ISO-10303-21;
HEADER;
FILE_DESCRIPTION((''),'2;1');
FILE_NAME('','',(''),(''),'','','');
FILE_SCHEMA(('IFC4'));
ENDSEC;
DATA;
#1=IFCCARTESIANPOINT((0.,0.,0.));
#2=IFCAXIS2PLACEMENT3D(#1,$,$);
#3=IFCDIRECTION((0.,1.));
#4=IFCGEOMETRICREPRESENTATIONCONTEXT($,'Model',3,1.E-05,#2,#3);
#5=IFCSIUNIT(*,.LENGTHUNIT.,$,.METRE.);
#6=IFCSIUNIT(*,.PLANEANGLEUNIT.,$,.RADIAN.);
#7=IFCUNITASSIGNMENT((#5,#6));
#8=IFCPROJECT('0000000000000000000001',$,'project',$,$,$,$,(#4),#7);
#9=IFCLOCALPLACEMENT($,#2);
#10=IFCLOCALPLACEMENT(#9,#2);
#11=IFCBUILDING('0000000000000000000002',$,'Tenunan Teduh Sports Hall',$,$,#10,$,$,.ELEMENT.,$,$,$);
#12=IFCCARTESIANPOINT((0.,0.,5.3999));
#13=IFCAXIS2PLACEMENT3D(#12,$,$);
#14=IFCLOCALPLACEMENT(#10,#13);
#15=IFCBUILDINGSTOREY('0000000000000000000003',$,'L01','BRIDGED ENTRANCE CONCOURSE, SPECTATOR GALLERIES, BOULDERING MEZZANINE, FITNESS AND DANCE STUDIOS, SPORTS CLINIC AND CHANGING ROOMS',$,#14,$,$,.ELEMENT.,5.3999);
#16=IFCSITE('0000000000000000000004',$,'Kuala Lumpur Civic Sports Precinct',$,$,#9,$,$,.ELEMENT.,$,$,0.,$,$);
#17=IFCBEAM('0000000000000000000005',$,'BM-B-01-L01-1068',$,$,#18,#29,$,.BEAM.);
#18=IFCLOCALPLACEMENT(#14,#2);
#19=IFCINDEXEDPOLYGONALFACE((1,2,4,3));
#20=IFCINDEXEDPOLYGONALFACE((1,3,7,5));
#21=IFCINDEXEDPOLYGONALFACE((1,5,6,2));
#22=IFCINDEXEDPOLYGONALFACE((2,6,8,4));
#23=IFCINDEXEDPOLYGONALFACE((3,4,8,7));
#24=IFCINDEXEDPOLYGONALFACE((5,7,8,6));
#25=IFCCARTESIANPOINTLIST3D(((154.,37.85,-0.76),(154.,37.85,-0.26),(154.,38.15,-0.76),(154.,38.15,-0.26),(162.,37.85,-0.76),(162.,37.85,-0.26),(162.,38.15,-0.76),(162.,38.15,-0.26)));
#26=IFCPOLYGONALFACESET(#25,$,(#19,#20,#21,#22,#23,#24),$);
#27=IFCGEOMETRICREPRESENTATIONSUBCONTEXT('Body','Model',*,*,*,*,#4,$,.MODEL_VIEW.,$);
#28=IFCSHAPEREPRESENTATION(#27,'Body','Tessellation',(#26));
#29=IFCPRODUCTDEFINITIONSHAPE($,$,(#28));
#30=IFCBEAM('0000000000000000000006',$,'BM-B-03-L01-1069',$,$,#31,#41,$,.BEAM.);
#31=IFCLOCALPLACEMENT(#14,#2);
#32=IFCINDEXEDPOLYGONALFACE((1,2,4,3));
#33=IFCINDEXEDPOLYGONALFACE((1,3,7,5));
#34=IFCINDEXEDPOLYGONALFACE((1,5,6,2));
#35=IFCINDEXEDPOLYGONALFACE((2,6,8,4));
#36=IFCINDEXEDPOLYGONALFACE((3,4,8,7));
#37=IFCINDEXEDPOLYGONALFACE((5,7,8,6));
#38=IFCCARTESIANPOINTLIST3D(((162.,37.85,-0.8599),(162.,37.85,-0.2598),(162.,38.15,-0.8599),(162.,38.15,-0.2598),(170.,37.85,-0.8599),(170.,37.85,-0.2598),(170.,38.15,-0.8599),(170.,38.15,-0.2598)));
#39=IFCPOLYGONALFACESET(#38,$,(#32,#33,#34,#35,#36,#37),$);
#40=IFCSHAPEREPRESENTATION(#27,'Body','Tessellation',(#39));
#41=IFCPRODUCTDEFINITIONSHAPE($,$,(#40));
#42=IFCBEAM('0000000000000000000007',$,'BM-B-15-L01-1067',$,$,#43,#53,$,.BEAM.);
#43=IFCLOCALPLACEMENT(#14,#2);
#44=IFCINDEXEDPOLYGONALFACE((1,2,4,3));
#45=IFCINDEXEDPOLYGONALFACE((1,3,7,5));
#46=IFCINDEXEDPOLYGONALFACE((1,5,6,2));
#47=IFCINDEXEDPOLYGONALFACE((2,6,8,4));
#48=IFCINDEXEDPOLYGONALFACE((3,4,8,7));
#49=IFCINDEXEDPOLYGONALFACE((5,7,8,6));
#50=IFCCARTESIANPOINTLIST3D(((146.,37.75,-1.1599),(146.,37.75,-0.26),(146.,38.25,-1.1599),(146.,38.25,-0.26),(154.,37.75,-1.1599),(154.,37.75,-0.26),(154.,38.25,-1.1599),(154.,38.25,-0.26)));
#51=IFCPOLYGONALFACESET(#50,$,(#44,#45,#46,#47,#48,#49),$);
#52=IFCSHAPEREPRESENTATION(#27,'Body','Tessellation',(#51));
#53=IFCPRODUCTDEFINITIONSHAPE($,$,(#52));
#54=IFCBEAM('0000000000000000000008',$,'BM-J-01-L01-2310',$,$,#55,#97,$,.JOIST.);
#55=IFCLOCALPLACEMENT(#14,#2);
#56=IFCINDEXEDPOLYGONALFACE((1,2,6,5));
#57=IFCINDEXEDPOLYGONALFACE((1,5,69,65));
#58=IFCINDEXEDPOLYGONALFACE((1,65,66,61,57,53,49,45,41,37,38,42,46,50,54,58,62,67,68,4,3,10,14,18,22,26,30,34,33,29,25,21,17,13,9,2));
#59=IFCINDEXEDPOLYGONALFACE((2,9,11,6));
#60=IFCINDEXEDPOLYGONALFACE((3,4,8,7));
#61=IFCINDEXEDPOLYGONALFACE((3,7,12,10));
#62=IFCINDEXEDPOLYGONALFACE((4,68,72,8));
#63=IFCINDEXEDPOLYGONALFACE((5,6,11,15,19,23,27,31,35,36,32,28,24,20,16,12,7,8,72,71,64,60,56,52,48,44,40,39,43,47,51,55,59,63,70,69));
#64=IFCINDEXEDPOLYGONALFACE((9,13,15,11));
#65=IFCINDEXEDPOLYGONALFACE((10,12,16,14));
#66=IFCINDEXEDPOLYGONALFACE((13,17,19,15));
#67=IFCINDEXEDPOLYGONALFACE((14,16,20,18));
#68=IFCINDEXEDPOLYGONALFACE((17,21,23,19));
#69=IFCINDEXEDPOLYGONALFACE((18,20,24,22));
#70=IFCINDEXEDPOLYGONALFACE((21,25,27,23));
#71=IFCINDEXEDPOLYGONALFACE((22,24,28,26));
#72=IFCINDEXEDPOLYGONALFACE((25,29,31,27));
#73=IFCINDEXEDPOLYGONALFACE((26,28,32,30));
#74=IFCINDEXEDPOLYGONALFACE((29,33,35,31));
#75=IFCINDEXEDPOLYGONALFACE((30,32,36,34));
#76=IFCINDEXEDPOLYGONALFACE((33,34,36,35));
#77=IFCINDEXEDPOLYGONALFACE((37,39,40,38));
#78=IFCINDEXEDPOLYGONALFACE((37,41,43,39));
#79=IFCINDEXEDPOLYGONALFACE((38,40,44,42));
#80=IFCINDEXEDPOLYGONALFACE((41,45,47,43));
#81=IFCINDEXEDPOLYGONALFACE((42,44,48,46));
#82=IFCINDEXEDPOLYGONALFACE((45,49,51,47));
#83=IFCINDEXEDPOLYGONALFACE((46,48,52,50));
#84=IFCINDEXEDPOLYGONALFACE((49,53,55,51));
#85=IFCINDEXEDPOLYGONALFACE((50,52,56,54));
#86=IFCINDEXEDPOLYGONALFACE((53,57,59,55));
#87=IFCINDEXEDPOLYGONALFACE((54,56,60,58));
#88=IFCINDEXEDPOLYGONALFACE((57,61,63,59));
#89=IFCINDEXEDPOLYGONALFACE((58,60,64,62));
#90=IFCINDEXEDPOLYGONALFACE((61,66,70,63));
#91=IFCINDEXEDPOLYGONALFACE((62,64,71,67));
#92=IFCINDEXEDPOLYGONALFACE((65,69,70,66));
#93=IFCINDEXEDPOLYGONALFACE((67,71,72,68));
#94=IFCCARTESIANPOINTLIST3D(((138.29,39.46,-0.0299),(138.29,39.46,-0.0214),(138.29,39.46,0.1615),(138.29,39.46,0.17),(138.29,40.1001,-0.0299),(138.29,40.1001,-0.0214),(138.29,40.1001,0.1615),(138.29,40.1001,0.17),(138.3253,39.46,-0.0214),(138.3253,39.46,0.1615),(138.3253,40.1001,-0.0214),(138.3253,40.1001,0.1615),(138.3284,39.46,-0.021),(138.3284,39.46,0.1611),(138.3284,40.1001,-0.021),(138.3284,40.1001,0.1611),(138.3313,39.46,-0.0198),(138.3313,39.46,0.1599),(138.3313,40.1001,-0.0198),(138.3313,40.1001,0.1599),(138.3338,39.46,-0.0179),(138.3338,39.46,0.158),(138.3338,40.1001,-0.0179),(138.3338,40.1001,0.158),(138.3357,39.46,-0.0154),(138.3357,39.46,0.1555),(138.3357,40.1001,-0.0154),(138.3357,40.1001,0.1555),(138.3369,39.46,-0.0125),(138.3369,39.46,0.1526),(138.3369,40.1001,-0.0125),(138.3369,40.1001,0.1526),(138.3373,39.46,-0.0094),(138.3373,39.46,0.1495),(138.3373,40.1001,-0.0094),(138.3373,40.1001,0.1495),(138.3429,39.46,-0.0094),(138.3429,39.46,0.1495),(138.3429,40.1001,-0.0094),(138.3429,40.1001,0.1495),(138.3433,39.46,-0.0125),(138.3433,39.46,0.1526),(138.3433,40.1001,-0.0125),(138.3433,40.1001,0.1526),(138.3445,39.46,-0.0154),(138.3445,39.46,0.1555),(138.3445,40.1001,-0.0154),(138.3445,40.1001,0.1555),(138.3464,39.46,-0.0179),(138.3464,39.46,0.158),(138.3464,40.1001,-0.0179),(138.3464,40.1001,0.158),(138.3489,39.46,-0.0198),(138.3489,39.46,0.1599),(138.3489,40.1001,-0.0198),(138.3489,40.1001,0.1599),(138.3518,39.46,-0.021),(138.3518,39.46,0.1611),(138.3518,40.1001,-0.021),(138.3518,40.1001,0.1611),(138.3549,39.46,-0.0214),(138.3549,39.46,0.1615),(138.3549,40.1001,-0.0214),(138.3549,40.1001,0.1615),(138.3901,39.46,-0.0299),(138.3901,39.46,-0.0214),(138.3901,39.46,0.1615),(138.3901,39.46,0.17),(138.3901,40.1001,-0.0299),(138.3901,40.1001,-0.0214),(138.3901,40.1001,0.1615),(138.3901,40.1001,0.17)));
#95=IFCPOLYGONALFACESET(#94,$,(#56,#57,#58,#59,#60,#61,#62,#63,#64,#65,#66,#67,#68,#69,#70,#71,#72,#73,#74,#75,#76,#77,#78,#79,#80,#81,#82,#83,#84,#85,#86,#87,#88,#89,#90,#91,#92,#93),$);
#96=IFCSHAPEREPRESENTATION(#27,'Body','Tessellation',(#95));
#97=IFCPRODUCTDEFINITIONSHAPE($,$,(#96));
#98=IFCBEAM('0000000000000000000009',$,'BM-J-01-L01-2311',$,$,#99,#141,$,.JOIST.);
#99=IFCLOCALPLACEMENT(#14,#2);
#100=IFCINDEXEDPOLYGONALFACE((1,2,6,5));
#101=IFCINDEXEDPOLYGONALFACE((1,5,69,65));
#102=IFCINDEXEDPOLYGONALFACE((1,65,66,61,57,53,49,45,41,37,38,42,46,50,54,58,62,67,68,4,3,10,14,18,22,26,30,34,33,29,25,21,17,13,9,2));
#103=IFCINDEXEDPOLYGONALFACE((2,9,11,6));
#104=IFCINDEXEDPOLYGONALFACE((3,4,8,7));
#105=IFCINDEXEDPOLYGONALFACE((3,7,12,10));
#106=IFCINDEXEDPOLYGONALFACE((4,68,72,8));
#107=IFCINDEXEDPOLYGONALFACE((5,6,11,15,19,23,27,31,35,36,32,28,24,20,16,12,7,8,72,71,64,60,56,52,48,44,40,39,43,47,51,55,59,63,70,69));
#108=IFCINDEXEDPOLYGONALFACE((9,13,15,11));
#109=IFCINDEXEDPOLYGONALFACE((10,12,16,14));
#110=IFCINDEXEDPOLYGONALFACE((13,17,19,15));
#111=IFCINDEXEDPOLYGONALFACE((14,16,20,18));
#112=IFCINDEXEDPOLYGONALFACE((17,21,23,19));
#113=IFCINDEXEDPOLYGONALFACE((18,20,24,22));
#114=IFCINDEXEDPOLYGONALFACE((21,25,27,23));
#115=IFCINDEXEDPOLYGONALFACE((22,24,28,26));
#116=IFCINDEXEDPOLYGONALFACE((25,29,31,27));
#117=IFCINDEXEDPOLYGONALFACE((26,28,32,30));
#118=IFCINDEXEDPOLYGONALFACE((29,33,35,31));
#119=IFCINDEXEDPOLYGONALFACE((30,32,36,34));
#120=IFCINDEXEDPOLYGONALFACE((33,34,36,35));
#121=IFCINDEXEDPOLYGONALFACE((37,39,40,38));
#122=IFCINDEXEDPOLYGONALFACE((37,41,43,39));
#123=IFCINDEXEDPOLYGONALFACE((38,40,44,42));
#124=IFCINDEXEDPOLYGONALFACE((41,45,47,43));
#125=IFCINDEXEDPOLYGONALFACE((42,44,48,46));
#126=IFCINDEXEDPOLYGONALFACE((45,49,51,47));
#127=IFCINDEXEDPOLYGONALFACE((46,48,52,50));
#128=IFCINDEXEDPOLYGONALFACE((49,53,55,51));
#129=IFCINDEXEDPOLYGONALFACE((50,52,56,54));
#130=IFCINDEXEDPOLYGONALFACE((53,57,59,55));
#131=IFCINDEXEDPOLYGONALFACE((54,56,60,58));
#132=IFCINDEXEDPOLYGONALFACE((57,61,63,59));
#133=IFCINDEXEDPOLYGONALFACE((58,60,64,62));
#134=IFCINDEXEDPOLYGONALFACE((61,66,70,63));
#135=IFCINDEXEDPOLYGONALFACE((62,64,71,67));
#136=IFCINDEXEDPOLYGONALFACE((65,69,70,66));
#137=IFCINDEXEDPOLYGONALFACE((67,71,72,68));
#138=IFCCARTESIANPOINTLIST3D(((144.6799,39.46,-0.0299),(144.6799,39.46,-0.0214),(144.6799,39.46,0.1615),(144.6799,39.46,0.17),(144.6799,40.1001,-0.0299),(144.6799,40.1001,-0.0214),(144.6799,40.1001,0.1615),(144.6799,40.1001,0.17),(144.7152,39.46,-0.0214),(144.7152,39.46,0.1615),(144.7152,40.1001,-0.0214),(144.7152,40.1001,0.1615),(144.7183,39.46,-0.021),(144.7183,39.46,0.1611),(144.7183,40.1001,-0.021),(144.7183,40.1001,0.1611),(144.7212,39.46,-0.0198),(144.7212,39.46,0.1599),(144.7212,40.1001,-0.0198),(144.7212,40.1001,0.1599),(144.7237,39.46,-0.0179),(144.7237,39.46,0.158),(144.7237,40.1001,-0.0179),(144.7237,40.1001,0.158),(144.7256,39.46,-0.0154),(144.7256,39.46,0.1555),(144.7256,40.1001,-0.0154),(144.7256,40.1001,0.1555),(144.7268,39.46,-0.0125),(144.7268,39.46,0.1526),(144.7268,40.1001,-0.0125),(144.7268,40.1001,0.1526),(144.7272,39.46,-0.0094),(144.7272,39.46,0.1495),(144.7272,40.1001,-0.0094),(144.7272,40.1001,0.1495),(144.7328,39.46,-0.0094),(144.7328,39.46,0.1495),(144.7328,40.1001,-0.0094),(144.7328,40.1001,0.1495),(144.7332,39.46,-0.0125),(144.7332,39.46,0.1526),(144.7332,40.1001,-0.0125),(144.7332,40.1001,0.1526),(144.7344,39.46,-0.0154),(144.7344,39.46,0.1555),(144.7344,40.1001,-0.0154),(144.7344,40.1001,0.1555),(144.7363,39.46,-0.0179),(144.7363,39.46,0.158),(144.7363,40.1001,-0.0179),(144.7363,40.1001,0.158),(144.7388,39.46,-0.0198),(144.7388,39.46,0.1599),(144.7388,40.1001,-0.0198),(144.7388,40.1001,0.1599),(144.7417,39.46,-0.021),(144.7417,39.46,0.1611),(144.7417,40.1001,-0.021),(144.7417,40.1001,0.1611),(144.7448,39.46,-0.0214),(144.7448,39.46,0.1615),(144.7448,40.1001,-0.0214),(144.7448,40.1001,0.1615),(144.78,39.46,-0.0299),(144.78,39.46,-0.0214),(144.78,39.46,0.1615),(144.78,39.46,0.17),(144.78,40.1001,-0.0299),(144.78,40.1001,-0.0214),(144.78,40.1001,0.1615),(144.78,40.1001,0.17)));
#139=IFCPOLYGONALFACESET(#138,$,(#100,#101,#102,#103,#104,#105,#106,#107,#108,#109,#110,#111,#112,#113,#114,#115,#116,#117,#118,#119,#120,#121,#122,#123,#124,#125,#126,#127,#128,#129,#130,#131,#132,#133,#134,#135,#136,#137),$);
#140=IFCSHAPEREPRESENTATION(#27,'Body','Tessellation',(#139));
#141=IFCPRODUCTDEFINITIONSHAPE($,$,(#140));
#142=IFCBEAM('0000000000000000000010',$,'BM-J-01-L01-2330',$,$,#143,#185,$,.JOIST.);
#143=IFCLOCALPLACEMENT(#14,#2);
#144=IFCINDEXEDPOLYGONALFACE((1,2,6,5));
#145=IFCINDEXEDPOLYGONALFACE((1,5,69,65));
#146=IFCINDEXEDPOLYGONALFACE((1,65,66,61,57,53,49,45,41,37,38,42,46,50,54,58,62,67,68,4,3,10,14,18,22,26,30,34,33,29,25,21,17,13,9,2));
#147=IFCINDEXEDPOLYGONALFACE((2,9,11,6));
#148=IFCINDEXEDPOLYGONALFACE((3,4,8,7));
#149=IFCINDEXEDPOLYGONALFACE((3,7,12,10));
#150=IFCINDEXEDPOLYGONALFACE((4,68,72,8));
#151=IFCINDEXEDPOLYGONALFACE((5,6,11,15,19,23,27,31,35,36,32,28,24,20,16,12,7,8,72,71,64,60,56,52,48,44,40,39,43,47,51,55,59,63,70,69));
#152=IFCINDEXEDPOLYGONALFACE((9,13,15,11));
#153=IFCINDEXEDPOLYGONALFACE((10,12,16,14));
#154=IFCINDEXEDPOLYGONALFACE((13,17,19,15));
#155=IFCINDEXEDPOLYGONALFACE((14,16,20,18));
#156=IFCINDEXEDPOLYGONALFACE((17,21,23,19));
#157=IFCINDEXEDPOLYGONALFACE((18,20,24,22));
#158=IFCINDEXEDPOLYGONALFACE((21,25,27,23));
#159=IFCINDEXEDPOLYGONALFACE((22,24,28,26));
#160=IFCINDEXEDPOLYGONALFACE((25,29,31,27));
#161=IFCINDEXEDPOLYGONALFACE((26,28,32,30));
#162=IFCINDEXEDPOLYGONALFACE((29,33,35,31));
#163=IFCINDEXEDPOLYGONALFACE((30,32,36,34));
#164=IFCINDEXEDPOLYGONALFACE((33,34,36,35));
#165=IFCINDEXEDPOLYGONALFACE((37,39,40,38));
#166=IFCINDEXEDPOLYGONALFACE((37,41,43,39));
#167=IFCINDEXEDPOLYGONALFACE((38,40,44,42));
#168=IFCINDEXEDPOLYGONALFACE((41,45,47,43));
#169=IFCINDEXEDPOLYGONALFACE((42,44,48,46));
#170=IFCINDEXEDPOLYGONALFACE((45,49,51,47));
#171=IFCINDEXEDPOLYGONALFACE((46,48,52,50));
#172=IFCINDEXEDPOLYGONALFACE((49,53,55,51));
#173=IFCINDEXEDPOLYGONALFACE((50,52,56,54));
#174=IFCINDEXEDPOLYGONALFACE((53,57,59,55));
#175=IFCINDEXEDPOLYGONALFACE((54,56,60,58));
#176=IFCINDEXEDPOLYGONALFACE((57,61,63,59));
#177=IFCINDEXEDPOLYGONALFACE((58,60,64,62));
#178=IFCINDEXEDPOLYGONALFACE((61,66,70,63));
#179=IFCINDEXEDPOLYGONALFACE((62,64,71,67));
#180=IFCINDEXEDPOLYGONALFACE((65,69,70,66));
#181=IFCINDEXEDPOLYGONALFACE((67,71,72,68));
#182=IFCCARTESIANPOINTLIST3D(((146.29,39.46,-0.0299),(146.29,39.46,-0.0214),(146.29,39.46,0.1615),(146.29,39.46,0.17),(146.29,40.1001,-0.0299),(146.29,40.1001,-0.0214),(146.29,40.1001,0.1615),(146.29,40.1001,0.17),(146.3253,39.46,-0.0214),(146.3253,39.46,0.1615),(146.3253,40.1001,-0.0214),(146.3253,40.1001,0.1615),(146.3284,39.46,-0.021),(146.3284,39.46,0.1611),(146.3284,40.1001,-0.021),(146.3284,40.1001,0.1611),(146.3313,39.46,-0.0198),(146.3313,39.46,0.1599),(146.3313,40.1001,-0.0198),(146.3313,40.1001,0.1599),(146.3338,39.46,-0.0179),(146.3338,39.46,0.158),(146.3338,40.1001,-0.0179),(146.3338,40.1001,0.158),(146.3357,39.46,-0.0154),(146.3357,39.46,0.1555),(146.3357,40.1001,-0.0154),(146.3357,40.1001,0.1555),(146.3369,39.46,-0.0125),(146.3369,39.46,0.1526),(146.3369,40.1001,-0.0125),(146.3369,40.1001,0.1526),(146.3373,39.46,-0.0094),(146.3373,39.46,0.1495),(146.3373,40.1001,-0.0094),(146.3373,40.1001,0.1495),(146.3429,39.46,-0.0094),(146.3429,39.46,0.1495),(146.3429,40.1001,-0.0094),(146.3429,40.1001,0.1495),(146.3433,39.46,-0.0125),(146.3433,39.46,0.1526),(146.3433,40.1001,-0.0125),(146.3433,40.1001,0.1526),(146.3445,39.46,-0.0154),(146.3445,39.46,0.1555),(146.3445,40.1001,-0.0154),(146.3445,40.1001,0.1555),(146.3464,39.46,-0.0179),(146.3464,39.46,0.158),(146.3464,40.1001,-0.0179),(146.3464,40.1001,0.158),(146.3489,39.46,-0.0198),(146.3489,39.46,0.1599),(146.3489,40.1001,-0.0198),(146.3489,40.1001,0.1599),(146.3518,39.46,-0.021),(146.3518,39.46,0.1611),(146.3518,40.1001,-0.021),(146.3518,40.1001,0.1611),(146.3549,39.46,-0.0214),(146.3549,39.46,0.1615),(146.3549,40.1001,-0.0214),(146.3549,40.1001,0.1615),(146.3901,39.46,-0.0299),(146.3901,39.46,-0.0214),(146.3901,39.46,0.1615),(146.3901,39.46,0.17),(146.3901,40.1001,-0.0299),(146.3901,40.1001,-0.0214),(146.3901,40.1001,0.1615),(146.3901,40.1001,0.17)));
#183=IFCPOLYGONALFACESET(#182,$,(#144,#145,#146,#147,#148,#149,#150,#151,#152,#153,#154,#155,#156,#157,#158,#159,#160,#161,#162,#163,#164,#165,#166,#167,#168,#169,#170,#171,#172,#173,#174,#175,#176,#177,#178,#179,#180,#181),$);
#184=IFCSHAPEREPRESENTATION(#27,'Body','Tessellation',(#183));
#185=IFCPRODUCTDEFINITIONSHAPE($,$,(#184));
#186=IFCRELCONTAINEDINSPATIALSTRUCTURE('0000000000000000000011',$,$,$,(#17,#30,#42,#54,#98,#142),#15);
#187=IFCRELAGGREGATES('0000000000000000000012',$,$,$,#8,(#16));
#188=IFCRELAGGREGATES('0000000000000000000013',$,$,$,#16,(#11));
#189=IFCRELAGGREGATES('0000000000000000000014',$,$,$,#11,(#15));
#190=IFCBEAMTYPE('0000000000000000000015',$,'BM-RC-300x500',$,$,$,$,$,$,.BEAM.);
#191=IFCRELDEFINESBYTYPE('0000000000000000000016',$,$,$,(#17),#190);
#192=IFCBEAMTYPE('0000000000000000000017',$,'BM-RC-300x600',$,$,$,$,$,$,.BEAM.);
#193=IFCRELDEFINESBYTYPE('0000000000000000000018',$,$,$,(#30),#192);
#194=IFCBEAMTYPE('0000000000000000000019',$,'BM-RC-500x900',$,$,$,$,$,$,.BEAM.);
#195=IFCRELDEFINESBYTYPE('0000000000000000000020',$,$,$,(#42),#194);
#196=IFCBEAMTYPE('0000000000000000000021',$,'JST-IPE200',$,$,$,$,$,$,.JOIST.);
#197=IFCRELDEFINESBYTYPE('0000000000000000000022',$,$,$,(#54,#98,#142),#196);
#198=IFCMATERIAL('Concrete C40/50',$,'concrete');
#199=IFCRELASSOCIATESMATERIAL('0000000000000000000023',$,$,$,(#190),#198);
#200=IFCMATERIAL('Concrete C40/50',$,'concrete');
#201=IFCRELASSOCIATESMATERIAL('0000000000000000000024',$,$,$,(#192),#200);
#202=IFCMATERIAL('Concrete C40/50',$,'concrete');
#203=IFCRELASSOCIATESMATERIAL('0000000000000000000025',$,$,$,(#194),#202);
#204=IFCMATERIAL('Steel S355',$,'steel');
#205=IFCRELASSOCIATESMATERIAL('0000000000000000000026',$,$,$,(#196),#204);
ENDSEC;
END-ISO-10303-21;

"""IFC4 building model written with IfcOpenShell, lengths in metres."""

from ifc_helpers import new_model, si_unit, direction, frame, origin, origin_2d, place, context, subcontext, project, spatial, rectangle, i_section, extrude, material, material_profile, profile_set, type_object, element, save


model = new_model("IFC4")

# Units and contexts
model_context = context("Model", 3, precision=1e-05, world=origin(), true_north=direction((0.0, 1.0)))
body_context = subcontext(model_context, "Body", "Model", "MODEL_VIEW")
ifc_project = project(units=[si_unit("LENGTHUNIT", "METRE"), si_unit("PLANEANGLEUNIT", "RADIAN")], contexts=[model_context])

# Site, building, storey
site_placement = place(None, origin())
site = spatial("IfcSite", under=ifc_project, at=site_placement, Name="Kuala Lumpur Civic Sports Precinct", CompositionType="ELEMENT", RefElevation=0.0)
building_placement = place(site_placement, origin())
building = spatial("IfcBuilding", under=site, at=building_placement, Name="Tenunan Teduh Sports Hall", CompositionType="ELEMENT")
storey_placement = place(building_placement, frame((0.0, 0.0, 5.3999)))
storey = spatial("IfcBuildingStorey", under=building, at=storey_placement, Name="L01", Description="BRIDGED ENTRANCE CONCOURSE, SPECTATOR GALLERIES, BOULDERING MEZZANINE, FITNESS AND DANCE STUDIOS, SPORTS CLINIC AND CHANGING ROOMS", CompositionType="ELEMENT", Elevation=5.3999)

# Beams
ifc_material_1 = material(Name="Concrete C40/50", Category="concrete")
ifc_material_profile_1 = material_profile(ifc_material_1, rectangle(XDim=0.3, YDim=0.5, at=origin_2d()), Name="RCB 300x500")
ifc_profile_set_1 = profile_set([ifc_material_profile_1], Name="Concrete C40/50")
beam_type_1 = type_object("IfcBeamType", Name="BM-RC-300x500", PredefinedType="BEAM", material=ifc_profile_set_1)
beam_1_placement = place(storey_placement, frame((154.0, 38.0, -0.51), z_axis=(1.0, 0.0, 0.0), x_axis=(0.0, 1.0, 0.0)))
element("IfcBeam", 1, at=beam_1_placement, inside=storey, type_object=beam_type_1, Name="BM-B-01-L01-1068", PredefinedType="BEAM", context=body_context, shape_type="SweptSolid", body=[
    extrude(rectangle(XDim=0.3, YDim=0.5, at=origin_2d()), origin(), (0.0, 0.0, 1.0), 8.0),
])
ifc_material_2 = material(Name="Concrete C40/50", Category="concrete")
ifc_material_profile_2 = material_profile(ifc_material_2, rectangle(XDim=0.3, YDim=0.6001, at=origin_2d()), Name="RCB 300x600")
ifc_profile_set_2 = profile_set([ifc_material_profile_2], Name="Concrete C40/50")
beam_type_2 = type_object("IfcBeamType", Name="BM-RC-300x600", PredefinedType="BEAM", material=ifc_profile_set_2)
beam_2_placement = place(storey_placement, frame((162.0, 38.0, -0.5598), z_axis=(1.0, 0.0, 0.0), x_axis=(0.0, 1.0, 0.0)))
element("IfcBeam", 2, at=beam_2_placement, inside=storey, type_object=beam_type_2, Name="BM-B-03-L01-1069", PredefinedType="BEAM", context=body_context, shape_type="SweptSolid", body=[
    extrude(rectangle(XDim=0.3, YDim=0.6001, at=origin_2d()), origin(), (0.0, 0.0, 1.0), 8.0),
])
ifc_material_3 = material(Name="Concrete C40/50", Category="concrete")
ifc_material_profile_3 = material_profile(ifc_material_3, rectangle(XDim=0.5, YDim=0.8999, at=origin_2d()), Name="RCB 500x900")
ifc_profile_set_3 = profile_set([ifc_material_profile_3], Name="Concrete C40/50")
beam_type_3 = type_object("IfcBeamType", Name="BM-RC-500x900", PredefinedType="BEAM", material=ifc_profile_set_3)
beam_3_placement = place(storey_placement, frame((146.0, 38.0, -0.71), z_axis=(1.0, 0.0, 0.0), x_axis=(0.0, 1.0, 0.0)))
element("IfcBeam", 3, at=beam_3_placement, inside=storey, type_object=beam_type_3, Name="BM-B-15-L01-1067", PredefinedType="BEAM", context=body_context, shape_type="SweptSolid", body=[
    extrude(rectangle(XDim=0.5, YDim=0.8999, at=origin_2d()), origin(), (0.0, 0.0, 1.0), 8.0),
])
ifc_material_4 = material(Name="Steel S355", Category="steel")
ifc_material_profile_4 = material_profile(ifc_material_4, i_section(OverallWidth=0.1001, OverallDepth=0.2, WebThickness=0.0056, FlangeThickness=0.0085, FilletRadius=0.012, at=origin_2d()), Name="IPE 200")
ifc_profile_set_4 = profile_set([ifc_material_profile_4], Name="Steel S355")
beam_type_4 = type_object("IfcBeamType", Name="JST-IPE200", PredefinedType="JOIST", material=ifc_profile_set_4)
for number, where, z_axis, x_axis, name in (
    (4, (138.3401, 39.46, 0.0701), (0.0, 1.0, 0.0), (-1.0, 0.0, 0.0), "BM-J-01-L01-2310"),
    (5, (144.73, 39.46, 0.0701), (0.0, 1.0, 0.0), (-1.0, 0.0, 0.0), "BM-J-01-L01-2311"),
    (6, (146.3401, 39.46, 0.0701), (0.0, 1.0, 0.0), (-1.0, 0.0, 0.0), "BM-J-01-L01-2330"),
):
    element("IfcBeam", number, at=place(storey_placement, frame(where, z_axis=z_axis, x_axis=x_axis)), inside=storey, type_object=beam_type_4, Name=name, PredefinedType="JOIST", context=body_context, shape_type="SweptSolid", body=[
        extrude(i_section(OverallWidth=0.1001, OverallDepth=0.2, WebThickness=0.0056, FlangeThickness=0.0085, FilletRadius=0.012, at=origin_2d()), origin(), (0.0, 0.0, 1.0), 0.6401),
    ])

save(model, "model.ifc")
